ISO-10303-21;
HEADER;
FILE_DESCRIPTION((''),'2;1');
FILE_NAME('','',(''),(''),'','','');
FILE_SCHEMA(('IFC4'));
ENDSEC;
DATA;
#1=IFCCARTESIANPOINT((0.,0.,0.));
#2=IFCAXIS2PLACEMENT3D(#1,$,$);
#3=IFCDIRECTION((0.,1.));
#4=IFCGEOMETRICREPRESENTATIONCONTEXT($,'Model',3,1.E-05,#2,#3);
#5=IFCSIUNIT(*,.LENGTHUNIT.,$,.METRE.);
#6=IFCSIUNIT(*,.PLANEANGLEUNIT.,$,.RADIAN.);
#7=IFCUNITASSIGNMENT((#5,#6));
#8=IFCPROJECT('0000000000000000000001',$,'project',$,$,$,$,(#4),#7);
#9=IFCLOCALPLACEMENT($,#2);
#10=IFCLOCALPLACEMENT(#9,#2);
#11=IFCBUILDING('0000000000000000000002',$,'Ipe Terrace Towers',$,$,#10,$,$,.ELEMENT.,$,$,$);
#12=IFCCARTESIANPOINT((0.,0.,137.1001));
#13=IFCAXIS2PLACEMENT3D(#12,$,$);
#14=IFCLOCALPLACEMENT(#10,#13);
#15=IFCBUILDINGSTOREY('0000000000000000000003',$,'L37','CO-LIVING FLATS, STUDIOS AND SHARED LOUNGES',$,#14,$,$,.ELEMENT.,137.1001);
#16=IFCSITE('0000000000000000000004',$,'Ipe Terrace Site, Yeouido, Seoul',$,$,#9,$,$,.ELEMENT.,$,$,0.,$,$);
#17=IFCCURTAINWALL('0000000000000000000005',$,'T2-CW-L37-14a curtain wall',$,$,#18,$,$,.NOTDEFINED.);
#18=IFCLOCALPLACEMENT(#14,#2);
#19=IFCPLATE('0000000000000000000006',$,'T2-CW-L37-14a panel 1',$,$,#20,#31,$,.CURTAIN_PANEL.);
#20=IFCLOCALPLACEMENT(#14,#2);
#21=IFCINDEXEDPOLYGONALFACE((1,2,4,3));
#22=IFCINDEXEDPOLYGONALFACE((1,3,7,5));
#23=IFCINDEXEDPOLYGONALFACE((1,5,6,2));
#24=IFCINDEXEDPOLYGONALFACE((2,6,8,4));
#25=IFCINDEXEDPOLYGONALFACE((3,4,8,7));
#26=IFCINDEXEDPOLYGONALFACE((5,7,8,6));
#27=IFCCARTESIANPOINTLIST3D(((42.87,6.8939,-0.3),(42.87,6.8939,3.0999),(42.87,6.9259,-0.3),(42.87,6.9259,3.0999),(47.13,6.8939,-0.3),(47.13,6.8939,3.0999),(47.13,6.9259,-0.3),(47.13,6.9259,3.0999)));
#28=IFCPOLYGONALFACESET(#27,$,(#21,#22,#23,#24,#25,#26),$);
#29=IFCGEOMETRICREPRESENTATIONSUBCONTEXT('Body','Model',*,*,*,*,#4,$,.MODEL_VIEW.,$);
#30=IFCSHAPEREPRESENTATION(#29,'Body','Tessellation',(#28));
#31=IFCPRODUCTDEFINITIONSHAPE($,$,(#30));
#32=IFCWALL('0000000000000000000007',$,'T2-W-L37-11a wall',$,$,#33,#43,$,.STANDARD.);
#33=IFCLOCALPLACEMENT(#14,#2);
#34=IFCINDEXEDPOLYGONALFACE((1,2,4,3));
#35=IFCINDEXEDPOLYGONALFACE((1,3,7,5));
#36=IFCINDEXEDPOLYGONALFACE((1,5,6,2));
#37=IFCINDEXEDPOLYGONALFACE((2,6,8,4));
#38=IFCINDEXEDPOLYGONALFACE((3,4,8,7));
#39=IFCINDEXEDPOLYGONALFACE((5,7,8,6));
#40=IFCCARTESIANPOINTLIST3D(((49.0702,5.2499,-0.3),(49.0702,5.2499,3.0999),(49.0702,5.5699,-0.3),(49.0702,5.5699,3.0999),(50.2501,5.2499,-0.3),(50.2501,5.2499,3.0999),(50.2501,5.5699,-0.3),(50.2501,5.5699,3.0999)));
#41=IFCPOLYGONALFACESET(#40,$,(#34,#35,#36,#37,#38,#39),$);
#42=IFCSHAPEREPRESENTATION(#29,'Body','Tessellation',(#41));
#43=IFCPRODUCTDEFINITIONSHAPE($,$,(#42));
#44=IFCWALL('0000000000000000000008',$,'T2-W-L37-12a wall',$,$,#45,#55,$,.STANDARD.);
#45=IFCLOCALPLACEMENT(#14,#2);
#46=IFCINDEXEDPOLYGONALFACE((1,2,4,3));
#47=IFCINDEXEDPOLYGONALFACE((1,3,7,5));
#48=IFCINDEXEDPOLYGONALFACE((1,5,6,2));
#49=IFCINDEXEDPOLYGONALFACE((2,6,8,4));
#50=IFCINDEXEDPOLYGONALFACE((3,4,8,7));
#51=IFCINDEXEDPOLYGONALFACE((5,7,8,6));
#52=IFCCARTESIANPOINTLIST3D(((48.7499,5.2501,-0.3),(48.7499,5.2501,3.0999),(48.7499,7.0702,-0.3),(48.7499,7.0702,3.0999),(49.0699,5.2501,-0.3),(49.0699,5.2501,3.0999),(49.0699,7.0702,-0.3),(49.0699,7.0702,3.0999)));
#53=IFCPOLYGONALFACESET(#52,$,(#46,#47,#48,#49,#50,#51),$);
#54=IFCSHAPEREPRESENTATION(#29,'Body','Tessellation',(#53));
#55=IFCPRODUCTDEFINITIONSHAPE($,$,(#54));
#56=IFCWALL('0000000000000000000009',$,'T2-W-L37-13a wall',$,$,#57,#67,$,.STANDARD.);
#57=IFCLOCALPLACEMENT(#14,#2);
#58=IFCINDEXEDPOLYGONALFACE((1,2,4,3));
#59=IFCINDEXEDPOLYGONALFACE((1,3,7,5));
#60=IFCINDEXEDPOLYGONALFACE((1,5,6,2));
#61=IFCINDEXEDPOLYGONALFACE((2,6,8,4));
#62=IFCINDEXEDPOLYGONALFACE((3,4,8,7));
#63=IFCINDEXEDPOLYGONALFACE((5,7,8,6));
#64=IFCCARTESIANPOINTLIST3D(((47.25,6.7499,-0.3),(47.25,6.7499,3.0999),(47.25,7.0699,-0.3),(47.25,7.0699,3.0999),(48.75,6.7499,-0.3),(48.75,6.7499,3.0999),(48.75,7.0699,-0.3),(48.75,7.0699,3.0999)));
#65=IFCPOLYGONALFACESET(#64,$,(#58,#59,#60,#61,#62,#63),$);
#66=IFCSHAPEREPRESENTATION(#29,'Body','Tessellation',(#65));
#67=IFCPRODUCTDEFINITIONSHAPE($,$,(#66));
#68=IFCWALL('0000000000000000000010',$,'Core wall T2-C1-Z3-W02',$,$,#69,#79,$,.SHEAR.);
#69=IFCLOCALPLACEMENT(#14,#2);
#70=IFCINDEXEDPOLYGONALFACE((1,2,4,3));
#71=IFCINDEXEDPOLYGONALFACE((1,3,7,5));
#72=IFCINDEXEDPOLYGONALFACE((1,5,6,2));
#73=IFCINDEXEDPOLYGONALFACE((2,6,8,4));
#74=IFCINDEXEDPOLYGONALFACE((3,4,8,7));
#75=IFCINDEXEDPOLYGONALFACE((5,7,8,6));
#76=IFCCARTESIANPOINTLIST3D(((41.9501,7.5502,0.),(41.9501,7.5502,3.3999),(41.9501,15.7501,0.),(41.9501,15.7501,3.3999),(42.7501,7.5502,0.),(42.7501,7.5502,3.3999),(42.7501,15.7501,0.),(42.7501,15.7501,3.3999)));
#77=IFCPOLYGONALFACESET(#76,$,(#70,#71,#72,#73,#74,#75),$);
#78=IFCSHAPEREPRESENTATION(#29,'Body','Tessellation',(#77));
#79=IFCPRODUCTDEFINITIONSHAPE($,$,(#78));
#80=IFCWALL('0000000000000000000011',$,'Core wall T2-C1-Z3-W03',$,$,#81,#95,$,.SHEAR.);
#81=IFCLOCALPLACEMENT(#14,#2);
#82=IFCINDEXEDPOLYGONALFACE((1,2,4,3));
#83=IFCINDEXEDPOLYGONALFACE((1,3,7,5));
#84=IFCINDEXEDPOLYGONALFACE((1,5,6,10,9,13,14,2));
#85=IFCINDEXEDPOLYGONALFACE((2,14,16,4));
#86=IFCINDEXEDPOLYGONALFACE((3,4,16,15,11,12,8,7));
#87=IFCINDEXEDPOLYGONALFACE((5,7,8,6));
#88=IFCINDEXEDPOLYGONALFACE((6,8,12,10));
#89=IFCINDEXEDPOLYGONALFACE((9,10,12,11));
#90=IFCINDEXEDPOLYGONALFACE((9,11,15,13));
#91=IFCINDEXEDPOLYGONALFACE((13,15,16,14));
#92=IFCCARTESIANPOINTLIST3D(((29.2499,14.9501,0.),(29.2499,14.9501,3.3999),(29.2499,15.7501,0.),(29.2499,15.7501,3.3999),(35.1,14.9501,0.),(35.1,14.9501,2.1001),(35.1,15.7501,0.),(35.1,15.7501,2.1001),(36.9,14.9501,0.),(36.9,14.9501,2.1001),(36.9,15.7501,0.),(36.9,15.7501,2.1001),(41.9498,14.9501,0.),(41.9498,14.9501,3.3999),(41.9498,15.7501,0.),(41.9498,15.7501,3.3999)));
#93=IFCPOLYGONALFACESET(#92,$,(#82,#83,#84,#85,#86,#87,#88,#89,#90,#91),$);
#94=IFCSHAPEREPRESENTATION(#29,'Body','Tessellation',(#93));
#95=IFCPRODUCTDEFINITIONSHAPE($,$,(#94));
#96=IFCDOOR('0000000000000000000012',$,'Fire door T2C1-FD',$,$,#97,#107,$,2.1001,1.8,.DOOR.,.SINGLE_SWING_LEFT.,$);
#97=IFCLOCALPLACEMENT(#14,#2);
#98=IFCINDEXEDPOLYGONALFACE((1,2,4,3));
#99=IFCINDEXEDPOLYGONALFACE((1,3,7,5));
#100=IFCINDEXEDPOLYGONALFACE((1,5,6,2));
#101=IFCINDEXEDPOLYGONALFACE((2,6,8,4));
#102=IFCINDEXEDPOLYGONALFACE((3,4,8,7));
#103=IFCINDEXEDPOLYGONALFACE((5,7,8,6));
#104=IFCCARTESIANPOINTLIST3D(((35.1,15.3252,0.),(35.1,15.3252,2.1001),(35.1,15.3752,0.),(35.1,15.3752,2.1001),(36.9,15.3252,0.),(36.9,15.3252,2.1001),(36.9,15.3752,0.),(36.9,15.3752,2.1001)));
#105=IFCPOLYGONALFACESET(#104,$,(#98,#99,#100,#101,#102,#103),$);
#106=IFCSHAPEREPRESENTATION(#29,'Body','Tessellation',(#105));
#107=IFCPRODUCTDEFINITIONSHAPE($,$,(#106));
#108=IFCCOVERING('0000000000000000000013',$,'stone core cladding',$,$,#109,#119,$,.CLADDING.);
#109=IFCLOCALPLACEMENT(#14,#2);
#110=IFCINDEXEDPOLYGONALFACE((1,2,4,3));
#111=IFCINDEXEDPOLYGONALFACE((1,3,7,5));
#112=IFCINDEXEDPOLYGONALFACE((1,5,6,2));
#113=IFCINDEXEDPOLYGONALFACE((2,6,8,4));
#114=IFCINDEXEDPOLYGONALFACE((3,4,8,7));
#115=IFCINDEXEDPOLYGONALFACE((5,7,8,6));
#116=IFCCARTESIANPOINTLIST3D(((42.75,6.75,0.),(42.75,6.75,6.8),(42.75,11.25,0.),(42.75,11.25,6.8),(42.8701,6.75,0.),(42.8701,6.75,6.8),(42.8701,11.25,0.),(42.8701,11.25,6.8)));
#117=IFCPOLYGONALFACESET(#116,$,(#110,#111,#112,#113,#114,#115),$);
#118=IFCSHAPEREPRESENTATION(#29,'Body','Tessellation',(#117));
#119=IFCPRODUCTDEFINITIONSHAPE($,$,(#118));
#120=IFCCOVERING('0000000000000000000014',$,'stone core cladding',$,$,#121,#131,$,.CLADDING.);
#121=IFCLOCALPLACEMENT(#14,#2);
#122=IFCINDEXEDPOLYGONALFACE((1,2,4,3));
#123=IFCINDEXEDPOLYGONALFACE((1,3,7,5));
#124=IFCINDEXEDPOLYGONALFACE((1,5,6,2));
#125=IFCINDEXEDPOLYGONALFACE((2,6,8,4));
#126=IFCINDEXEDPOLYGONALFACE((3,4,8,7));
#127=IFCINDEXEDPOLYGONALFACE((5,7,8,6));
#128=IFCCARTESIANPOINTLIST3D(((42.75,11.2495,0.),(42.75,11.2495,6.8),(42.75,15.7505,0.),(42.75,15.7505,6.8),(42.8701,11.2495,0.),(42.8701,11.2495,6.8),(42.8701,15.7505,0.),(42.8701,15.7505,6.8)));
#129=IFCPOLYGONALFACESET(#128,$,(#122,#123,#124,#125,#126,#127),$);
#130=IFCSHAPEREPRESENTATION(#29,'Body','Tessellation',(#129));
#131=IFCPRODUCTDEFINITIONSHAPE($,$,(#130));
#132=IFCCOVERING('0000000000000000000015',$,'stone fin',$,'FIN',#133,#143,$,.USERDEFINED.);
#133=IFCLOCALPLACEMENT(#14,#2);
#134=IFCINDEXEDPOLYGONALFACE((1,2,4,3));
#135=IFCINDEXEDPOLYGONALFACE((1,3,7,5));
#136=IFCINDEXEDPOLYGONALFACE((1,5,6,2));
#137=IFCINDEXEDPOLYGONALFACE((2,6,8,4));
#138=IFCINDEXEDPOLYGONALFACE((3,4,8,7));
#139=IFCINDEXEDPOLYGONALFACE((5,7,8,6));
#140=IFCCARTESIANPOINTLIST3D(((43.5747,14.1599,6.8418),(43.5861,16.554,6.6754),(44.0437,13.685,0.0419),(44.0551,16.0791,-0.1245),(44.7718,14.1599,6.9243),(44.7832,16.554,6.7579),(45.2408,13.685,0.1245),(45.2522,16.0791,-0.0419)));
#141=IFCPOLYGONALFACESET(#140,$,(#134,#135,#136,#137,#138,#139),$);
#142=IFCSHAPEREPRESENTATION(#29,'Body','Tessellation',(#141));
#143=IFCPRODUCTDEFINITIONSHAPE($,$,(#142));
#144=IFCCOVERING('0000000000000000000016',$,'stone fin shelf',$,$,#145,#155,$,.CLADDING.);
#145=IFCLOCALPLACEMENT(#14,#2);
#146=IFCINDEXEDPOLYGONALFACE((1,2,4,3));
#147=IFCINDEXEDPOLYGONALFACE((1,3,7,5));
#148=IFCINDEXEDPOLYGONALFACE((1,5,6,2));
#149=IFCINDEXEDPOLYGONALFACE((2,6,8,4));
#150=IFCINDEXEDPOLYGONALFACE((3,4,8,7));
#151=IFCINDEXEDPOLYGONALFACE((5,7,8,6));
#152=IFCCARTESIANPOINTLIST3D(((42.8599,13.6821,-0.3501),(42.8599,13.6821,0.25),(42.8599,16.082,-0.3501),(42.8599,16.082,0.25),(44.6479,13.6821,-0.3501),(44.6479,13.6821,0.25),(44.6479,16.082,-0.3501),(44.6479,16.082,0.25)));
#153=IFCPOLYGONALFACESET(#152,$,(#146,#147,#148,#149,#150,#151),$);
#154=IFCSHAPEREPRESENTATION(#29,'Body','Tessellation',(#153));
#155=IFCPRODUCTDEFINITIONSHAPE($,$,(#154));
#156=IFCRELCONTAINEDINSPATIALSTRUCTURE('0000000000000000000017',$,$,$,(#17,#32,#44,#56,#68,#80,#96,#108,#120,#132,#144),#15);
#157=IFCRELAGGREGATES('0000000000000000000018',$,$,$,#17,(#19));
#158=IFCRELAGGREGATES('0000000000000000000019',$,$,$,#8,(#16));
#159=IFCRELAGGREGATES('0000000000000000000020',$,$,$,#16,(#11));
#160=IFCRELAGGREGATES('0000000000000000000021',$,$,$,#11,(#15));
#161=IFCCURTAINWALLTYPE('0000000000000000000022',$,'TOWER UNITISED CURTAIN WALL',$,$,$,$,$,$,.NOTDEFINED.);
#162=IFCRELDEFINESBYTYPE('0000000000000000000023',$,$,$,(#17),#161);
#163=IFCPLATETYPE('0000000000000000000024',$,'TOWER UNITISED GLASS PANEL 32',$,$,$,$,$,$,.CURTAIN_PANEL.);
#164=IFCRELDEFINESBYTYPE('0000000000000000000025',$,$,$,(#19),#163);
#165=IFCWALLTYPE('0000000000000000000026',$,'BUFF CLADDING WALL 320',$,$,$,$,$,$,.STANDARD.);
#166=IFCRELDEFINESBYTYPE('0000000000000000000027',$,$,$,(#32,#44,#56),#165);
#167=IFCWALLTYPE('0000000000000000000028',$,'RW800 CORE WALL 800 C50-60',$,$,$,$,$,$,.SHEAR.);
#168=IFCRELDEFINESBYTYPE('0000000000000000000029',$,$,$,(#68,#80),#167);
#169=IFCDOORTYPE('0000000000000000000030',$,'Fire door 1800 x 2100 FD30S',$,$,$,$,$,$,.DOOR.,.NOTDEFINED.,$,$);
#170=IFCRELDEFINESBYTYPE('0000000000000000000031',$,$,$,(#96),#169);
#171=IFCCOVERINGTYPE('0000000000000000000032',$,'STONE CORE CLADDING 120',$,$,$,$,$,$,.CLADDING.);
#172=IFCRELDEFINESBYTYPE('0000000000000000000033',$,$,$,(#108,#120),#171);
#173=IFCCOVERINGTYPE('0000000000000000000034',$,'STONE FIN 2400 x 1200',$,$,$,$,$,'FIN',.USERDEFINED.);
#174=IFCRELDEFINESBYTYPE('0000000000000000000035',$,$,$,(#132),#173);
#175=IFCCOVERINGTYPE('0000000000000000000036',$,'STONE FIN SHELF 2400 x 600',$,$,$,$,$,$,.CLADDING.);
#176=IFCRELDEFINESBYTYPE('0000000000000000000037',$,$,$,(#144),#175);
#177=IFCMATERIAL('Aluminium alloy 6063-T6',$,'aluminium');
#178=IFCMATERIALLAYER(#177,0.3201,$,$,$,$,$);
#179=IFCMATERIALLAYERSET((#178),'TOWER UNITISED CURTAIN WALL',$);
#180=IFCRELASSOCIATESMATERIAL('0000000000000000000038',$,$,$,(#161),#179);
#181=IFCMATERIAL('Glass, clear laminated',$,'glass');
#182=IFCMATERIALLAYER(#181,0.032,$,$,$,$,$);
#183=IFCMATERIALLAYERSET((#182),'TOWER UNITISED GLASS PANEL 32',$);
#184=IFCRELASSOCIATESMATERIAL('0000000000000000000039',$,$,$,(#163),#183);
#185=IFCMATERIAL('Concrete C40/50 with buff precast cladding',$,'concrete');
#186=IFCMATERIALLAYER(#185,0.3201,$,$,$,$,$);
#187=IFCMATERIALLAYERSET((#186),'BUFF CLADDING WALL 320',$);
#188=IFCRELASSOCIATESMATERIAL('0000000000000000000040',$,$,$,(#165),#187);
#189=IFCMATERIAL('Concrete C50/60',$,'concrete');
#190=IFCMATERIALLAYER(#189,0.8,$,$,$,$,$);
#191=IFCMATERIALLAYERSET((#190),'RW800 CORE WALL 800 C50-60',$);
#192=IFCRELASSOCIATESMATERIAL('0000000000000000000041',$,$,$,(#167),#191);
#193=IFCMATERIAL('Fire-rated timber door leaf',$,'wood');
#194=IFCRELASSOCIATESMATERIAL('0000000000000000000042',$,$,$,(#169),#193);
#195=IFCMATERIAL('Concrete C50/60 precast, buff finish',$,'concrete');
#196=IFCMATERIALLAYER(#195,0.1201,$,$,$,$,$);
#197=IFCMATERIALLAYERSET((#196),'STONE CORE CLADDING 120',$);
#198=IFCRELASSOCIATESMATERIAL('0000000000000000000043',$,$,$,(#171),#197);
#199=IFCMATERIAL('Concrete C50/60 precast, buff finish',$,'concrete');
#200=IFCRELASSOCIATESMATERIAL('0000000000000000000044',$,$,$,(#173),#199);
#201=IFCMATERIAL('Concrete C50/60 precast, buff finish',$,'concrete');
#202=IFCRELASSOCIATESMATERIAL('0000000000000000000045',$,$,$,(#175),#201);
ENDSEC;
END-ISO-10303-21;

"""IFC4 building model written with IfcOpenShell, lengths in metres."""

from ifc_helpers import new_model, si_unit, direction, frame, frame_2d, origin, origin_2d, place, context, subcontext, project, spatial, rectangle, extrude, material, layer, layer_set, material_profile, profile_set, type_object, element, fill, aggregate, save


model = new_model("IFC4")

# Units and contexts
model_context = context("Model", 3, precision=1e-05, world=origin(), true_north=direction((0.0, 1.0)))
body_context = subcontext(model_context, "Body", "Model", "MODEL_VIEW")
ifc_project = project(units=[si_unit("LENGTHUNIT", "METRE"), si_unit("PLANEANGLEUNIT", "RADIAN")], contexts=[model_context])

# Site, building, storey
site_placement = place(None, origin())
site = spatial("IfcSite", under=ifc_project, at=site_placement, Name="Ipe Terrace Site, Yeouido, Seoul", CompositionType="ELEMENT", RefElevation=0.0)
building_placement = place(site_placement, origin())
building = spatial("IfcBuilding", under=site, at=building_placement, Name="Ipe Terrace Towers", CompositionType="ELEMENT")
storey_placement = place(building_placement, frame((0.0, 0.0, 137.1001)))
storey = spatial("IfcBuildingStorey", under=building, at=storey_placement, Name="L37", Description="CO-LIVING FLATS, STUDIOS AND SHARED LOUNGES", CompositionType="ELEMENT", Elevation=137.1001)

# Curtain wall, plate
ifc_material_1 = material(Name="Aluminium alloy 6063-T6", Category="aluminium")
ifc_layer_1 = layer(ifc_material_1, 0.3201)
ifc_layer_set_1 = layer_set([ifc_layer_1], Name="TOWER UNITISED CURTAIN WALL")
curtain_wall_type = type_object("IfcCurtainWallType", Name="TOWER UNITISED CURTAIN WALL", PredefinedType="NOTDEFINED", material=ifc_layer_set_1)
curtain_wall_placement = place(storey_placement, origin())
curtain_wall = element("IfcCurtainWall", 1, at=curtain_wall_placement, inside=storey, type_object=curtain_wall_type, Name="T2-CW-L37-14a curtain wall", PredefinedType="NOTDEFINED")
ifc_material_2 = material(Name="Glass, clear laminated", Category="glass")
ifc_layer_2 = layer(ifc_material_2, 0.032)
ifc_layer_set_2 = layer_set([ifc_layer_2], Name="TOWER UNITISED GLASS PANEL 32")
plate_type = type_object("IfcPlateType", Name="TOWER UNITISED GLASS PANEL 32", PredefinedType="CURTAIN_PANEL", material=ifc_layer_set_2)
plate_placement = place(storey_placement, frame((45.0, 6.9099, -0.3), z_axis=(0.0, 0.0, 1.0), x_axis=(-1.0, 0.0, 0.0)))
plate = element("IfcPlate", 2, at=plate_placement, type_object=plate_type, Name="T2-CW-L37-14a panel 1", PredefinedType="CURTAIN_PANEL", context=body_context, shape_type="SweptSolid", body=[
    extrude(rectangle(XDim=4.26, YDim=0.032, at=origin_2d()), origin(), (0.0, 0.0, 1.0), 3.3999),
])
aggregate(curtain_wall, [plate])

# Walls
ifc_material_3 = material(Name="Concrete C40/50 with buff precast cladding", Category="concrete")
ifc_layer_3 = layer(ifc_material_3, 0.3201)
ifc_layer_set_3 = layer_set([ifc_layer_3], Name="BUFF CLADDING WALL 320")
wall_type_1 = type_object("IfcWallType", Name="BUFF CLADDING WALL 320", PredefinedType="STANDARD", material=ifc_layer_set_3)
wall_1_placement = place(storey_placement, frame((50.25, 5.4099, -0.3), z_axis=(0.0, 0.0, 1.0), x_axis=(-1.0, 0.0, 0.0)))
element("IfcWall", 3, at=wall_1_placement, inside=storey, type_object=wall_type_1, Name="T2-W-L37-11a wall", PredefinedType="STANDARD", context=body_context, shape_type="SweptSolid", body=[
    extrude(rectangle(XDim=1.1799, YDim=0.3201, at=frame_2d((0.5898, 0.0))), origin(), (0.0, 0.0, 1.0), 3.3999),
])
wall_2_placement = place(storey_placement, frame((48.9099, 5.25, -0.3), z_axis=(0.0, 0.0, 1.0), x_axis=(0.0, 1.0, 0.0)))
element("IfcWall", 4, at=wall_2_placement, inside=storey, type_object=wall_type_1, Name="T2-W-L37-12a wall", PredefinedType="STANDARD", context=body_context, shape_type="SweptSolid", body=[
    extrude(rectangle(XDim=1.8201, YDim=0.3201, at=frame_2d((0.9102, 0.0))), origin(), (0.0, 0.0, 1.0), 3.3999),
])
wall_3_placement = place(storey_placement, frame((48.75, 6.9099, -0.3), z_axis=(0.0, 0.0, 1.0), x_axis=(-1.0, 0.0, 0.0)))
element("IfcWall", 5, at=wall_3_placement, inside=storey, type_object=wall_type_1, Name="T2-W-L37-13a wall", PredefinedType="STANDARD", context=body_context, shape_type="SweptSolid", body=[
    extrude(rectangle(XDim=1.5, YDim=0.3201, at=frame_2d((0.75, 0.0))), origin(), (0.0, 0.0, 1.0), 3.3999),
])
ifc_material_4 = material(Name="Concrete C50/60", Category="concrete")
ifc_layer_4 = layer(ifc_material_4, 0.8)
ifc_layer_set_4 = layer_set([ifc_layer_4], Name="RW800 CORE WALL 800 C50-60")
wall_type_2 = type_object("IfcWallType", Name="RW800 CORE WALL 800 C50-60", PredefinedType="SHEAR", material=ifc_layer_set_4)
wall_4_placement = place(storey_placement, frame((42.3501, 7.55, 0.0), z_axis=(0.0, 0.0, 1.0), x_axis=(0.0, 1.0, 0.0)))
element("IfcWall", 6, at=wall_4_placement, inside=storey, type_object=wall_type_2, Name="Core wall T2-C1-Z3-W02", PredefinedType="SHEAR", context=body_context, shape_type="SweptSolid", body=[
    extrude(rectangle(XDim=8.2, YDim=0.8, at=frame_2d((4.1001, 0.0))), origin(), (0.0, 0.0, 1.0), 3.3999),
])

# Wall, opening, door
wall_5_placement = place(storey_placement, frame((41.95, 15.3501, 0.0), z_axis=(0.0, 0.0, 1.0), x_axis=(-1.0, 0.0, 0.0)))
wall_5 = element("IfcWall", 7, at=wall_5_placement, inside=storey, type_object=wall_type_2, Name="Core wall T2-C1-Z3-W03", PredefinedType="SHEAR", context=body_context, shape_type="SweptSolid", body=[
    extrude(rectangle(XDim=12.7, YDim=0.8, at=frame_2d((6.3501, 0.0))), origin(), (0.0, 0.0, 1.0), 3.3999),
])
opening_placement = place(wall_5_placement, frame((5.05, 0.0, 0.0)))
opening = element("IfcOpeningElement", 8, at=opening_placement, cuts=wall_5, PredefinedType="OPENING", context=body_context, shape_type="SweptSolid", body=[
    extrude(rectangle(XDim=1.8, YDim=2.1001, at=frame_2d((0.8999, 1.05))), frame((0.0, 0.4102, 0.0), z_axis=(0.0, -1.0, 0.0), x_axis=(1.0, 0.0, 0.0)), (0.0, 0.0, 1.0), 0.8201),
])
ifc_material_5 = material(Name="Fire-rated timber door leaf", Category="wood")
door_type = type_object("IfcDoorType", Name="Fire door 1800 x 2100 FD30S", OperationType="NOTDEFINED", PredefinedType="DOOR", material=ifc_material_5)
door_placement = place(opening_placement, origin())
door = element("IfcDoor", 9, at=door_placement, inside=storey, type_object=door_type, Name="Fire door T2C1-FD", OperationType="SINGLE_SWING_LEFT", OverallHeight=2.1001, OverallWidth=1.8, PredefinedType="DOOR", context=body_context, shape_type="SweptSolid", body=[
    extrude(rectangle(XDim=1.8, YDim=2.1001, at=frame_2d((0.8999, 1.05))), frame((0.0, 0.0249, 0.0), z_axis=(0.0, -1.0, 0.0), x_axis=(1.0, 0.0, 0.0)), (0.0, 0.0, 1.0), 0.05),
])
fill(opening, door)

# Coverings
ifc_material_6 = material(Name="Concrete C50/60 precast, buff finish", Category="concrete")
ifc_layer_5 = layer(ifc_material_6, 0.1201)
ifc_layer_set_5 = layer_set([ifc_layer_5], Name="STONE CORE CLADDING 120")
covering_type_1 = type_object("IfcCoveringType", Name="STONE CORE CLADDING 120", PredefinedType="CLADDING", material=ifc_layer_set_5)
covering_1_placement = place(storey_placement, frame((42.8101, 9.0, 0.0), z_axis=(0.0, 0.0, 1.0), x_axis=(0.0, 1.0, 0.0)))
element("IfcCovering", 10, at=covering_1_placement, inside=storey, type_object=covering_type_1, Name="stone core cladding", PredefinedType="CLADDING", context=body_context, shape_type="SweptSolid", body=[
    extrude(rectangle(XDim=4.5, YDim=0.1201, at=origin_2d()), origin(), (0.0, 0.0, 1.0), 6.8),
])
covering_2_placement = place(storey_placement, frame((42.8101, 13.5, 0.0), z_axis=(0.0, 0.0, 1.0), x_axis=(0.0, 1.0, 0.0)))
element("IfcCovering", 11, at=covering_2_placement, inside=storey, type_object=covering_type_1, Name="stone core cladding", PredefinedType="CLADDING", context=body_context, shape_type="SweptSolid", body=[
    extrude(rectangle(XDim=4.501, YDim=0.1201, at=origin_2d()), origin(), (0.0, 0.0, 1.0), 6.8),
])
ifc_material_7 = material(Name="Concrete C50/60 precast, buff finish", Category="concrete")
ifc_material_profile_1 = material_profile(ifc_material_7, rectangle(XDim=2.3999, YDim=1.2, at=origin_2d()), Name="STONE FIN 2400 x 1200")
ifc_profile_set_1 = profile_set([ifc_material_profile_1], Name="Concrete C50/60 precast, buff finish")
covering_type_2 = type_object("IfcCoveringType", Name="STONE FIN 2400 x 1200", ElementType="FIN", PredefinedType="USERDEFINED", material=ifc_profile_set_1)
covering_3_placement = place(storey_placement, frame((44.6479, 14.8821, 0.0), z_axis=(-0.068642, 0.069499, 0.995218), x_axis=(0.004782, 0.997582, -0.069335)))
element("IfcCovering", 12, at=covering_3_placement, inside=storey, type_object=covering_type_2, Name="stone fin", ObjectType="FIN", PredefinedType="USERDEFINED", context=body_context, shape_type="SweptSolid", body=[
    extrude(rectangle(XDim=2.3999, YDim=1.2, at=origin_2d()), origin(), (0.0, 0.0, 1.0), 6.8325),
])
ifc_material_8 = material(Name="Concrete C50/60 precast, buff finish", Category="concrete")
covering_type_3 = type_object("IfcCoveringType", Name="STONE FIN SHELF 2400 x 600", PredefinedType="CLADDING", material=ifc_material_8)
covering_4_placement = place(storey_placement, frame((43.7539, 14.8821, -0.3501), z_axis=(0.0, 0.0, 1.0), x_axis=(0.0, 1.0, 0.0)))
element("IfcCovering", 13, at=covering_4_placement, inside=storey, type_object=covering_type_3, Name="stone fin shelf", PredefinedType="CLADDING", context=body_context, shape_type="SweptSolid", body=[
    extrude(rectangle(XDim=2.3999, YDim=1.7881, at=origin_2d()), origin(), (0.0, 0.0, 1.0), 0.6001),
])

save(model, "model.ifc")
